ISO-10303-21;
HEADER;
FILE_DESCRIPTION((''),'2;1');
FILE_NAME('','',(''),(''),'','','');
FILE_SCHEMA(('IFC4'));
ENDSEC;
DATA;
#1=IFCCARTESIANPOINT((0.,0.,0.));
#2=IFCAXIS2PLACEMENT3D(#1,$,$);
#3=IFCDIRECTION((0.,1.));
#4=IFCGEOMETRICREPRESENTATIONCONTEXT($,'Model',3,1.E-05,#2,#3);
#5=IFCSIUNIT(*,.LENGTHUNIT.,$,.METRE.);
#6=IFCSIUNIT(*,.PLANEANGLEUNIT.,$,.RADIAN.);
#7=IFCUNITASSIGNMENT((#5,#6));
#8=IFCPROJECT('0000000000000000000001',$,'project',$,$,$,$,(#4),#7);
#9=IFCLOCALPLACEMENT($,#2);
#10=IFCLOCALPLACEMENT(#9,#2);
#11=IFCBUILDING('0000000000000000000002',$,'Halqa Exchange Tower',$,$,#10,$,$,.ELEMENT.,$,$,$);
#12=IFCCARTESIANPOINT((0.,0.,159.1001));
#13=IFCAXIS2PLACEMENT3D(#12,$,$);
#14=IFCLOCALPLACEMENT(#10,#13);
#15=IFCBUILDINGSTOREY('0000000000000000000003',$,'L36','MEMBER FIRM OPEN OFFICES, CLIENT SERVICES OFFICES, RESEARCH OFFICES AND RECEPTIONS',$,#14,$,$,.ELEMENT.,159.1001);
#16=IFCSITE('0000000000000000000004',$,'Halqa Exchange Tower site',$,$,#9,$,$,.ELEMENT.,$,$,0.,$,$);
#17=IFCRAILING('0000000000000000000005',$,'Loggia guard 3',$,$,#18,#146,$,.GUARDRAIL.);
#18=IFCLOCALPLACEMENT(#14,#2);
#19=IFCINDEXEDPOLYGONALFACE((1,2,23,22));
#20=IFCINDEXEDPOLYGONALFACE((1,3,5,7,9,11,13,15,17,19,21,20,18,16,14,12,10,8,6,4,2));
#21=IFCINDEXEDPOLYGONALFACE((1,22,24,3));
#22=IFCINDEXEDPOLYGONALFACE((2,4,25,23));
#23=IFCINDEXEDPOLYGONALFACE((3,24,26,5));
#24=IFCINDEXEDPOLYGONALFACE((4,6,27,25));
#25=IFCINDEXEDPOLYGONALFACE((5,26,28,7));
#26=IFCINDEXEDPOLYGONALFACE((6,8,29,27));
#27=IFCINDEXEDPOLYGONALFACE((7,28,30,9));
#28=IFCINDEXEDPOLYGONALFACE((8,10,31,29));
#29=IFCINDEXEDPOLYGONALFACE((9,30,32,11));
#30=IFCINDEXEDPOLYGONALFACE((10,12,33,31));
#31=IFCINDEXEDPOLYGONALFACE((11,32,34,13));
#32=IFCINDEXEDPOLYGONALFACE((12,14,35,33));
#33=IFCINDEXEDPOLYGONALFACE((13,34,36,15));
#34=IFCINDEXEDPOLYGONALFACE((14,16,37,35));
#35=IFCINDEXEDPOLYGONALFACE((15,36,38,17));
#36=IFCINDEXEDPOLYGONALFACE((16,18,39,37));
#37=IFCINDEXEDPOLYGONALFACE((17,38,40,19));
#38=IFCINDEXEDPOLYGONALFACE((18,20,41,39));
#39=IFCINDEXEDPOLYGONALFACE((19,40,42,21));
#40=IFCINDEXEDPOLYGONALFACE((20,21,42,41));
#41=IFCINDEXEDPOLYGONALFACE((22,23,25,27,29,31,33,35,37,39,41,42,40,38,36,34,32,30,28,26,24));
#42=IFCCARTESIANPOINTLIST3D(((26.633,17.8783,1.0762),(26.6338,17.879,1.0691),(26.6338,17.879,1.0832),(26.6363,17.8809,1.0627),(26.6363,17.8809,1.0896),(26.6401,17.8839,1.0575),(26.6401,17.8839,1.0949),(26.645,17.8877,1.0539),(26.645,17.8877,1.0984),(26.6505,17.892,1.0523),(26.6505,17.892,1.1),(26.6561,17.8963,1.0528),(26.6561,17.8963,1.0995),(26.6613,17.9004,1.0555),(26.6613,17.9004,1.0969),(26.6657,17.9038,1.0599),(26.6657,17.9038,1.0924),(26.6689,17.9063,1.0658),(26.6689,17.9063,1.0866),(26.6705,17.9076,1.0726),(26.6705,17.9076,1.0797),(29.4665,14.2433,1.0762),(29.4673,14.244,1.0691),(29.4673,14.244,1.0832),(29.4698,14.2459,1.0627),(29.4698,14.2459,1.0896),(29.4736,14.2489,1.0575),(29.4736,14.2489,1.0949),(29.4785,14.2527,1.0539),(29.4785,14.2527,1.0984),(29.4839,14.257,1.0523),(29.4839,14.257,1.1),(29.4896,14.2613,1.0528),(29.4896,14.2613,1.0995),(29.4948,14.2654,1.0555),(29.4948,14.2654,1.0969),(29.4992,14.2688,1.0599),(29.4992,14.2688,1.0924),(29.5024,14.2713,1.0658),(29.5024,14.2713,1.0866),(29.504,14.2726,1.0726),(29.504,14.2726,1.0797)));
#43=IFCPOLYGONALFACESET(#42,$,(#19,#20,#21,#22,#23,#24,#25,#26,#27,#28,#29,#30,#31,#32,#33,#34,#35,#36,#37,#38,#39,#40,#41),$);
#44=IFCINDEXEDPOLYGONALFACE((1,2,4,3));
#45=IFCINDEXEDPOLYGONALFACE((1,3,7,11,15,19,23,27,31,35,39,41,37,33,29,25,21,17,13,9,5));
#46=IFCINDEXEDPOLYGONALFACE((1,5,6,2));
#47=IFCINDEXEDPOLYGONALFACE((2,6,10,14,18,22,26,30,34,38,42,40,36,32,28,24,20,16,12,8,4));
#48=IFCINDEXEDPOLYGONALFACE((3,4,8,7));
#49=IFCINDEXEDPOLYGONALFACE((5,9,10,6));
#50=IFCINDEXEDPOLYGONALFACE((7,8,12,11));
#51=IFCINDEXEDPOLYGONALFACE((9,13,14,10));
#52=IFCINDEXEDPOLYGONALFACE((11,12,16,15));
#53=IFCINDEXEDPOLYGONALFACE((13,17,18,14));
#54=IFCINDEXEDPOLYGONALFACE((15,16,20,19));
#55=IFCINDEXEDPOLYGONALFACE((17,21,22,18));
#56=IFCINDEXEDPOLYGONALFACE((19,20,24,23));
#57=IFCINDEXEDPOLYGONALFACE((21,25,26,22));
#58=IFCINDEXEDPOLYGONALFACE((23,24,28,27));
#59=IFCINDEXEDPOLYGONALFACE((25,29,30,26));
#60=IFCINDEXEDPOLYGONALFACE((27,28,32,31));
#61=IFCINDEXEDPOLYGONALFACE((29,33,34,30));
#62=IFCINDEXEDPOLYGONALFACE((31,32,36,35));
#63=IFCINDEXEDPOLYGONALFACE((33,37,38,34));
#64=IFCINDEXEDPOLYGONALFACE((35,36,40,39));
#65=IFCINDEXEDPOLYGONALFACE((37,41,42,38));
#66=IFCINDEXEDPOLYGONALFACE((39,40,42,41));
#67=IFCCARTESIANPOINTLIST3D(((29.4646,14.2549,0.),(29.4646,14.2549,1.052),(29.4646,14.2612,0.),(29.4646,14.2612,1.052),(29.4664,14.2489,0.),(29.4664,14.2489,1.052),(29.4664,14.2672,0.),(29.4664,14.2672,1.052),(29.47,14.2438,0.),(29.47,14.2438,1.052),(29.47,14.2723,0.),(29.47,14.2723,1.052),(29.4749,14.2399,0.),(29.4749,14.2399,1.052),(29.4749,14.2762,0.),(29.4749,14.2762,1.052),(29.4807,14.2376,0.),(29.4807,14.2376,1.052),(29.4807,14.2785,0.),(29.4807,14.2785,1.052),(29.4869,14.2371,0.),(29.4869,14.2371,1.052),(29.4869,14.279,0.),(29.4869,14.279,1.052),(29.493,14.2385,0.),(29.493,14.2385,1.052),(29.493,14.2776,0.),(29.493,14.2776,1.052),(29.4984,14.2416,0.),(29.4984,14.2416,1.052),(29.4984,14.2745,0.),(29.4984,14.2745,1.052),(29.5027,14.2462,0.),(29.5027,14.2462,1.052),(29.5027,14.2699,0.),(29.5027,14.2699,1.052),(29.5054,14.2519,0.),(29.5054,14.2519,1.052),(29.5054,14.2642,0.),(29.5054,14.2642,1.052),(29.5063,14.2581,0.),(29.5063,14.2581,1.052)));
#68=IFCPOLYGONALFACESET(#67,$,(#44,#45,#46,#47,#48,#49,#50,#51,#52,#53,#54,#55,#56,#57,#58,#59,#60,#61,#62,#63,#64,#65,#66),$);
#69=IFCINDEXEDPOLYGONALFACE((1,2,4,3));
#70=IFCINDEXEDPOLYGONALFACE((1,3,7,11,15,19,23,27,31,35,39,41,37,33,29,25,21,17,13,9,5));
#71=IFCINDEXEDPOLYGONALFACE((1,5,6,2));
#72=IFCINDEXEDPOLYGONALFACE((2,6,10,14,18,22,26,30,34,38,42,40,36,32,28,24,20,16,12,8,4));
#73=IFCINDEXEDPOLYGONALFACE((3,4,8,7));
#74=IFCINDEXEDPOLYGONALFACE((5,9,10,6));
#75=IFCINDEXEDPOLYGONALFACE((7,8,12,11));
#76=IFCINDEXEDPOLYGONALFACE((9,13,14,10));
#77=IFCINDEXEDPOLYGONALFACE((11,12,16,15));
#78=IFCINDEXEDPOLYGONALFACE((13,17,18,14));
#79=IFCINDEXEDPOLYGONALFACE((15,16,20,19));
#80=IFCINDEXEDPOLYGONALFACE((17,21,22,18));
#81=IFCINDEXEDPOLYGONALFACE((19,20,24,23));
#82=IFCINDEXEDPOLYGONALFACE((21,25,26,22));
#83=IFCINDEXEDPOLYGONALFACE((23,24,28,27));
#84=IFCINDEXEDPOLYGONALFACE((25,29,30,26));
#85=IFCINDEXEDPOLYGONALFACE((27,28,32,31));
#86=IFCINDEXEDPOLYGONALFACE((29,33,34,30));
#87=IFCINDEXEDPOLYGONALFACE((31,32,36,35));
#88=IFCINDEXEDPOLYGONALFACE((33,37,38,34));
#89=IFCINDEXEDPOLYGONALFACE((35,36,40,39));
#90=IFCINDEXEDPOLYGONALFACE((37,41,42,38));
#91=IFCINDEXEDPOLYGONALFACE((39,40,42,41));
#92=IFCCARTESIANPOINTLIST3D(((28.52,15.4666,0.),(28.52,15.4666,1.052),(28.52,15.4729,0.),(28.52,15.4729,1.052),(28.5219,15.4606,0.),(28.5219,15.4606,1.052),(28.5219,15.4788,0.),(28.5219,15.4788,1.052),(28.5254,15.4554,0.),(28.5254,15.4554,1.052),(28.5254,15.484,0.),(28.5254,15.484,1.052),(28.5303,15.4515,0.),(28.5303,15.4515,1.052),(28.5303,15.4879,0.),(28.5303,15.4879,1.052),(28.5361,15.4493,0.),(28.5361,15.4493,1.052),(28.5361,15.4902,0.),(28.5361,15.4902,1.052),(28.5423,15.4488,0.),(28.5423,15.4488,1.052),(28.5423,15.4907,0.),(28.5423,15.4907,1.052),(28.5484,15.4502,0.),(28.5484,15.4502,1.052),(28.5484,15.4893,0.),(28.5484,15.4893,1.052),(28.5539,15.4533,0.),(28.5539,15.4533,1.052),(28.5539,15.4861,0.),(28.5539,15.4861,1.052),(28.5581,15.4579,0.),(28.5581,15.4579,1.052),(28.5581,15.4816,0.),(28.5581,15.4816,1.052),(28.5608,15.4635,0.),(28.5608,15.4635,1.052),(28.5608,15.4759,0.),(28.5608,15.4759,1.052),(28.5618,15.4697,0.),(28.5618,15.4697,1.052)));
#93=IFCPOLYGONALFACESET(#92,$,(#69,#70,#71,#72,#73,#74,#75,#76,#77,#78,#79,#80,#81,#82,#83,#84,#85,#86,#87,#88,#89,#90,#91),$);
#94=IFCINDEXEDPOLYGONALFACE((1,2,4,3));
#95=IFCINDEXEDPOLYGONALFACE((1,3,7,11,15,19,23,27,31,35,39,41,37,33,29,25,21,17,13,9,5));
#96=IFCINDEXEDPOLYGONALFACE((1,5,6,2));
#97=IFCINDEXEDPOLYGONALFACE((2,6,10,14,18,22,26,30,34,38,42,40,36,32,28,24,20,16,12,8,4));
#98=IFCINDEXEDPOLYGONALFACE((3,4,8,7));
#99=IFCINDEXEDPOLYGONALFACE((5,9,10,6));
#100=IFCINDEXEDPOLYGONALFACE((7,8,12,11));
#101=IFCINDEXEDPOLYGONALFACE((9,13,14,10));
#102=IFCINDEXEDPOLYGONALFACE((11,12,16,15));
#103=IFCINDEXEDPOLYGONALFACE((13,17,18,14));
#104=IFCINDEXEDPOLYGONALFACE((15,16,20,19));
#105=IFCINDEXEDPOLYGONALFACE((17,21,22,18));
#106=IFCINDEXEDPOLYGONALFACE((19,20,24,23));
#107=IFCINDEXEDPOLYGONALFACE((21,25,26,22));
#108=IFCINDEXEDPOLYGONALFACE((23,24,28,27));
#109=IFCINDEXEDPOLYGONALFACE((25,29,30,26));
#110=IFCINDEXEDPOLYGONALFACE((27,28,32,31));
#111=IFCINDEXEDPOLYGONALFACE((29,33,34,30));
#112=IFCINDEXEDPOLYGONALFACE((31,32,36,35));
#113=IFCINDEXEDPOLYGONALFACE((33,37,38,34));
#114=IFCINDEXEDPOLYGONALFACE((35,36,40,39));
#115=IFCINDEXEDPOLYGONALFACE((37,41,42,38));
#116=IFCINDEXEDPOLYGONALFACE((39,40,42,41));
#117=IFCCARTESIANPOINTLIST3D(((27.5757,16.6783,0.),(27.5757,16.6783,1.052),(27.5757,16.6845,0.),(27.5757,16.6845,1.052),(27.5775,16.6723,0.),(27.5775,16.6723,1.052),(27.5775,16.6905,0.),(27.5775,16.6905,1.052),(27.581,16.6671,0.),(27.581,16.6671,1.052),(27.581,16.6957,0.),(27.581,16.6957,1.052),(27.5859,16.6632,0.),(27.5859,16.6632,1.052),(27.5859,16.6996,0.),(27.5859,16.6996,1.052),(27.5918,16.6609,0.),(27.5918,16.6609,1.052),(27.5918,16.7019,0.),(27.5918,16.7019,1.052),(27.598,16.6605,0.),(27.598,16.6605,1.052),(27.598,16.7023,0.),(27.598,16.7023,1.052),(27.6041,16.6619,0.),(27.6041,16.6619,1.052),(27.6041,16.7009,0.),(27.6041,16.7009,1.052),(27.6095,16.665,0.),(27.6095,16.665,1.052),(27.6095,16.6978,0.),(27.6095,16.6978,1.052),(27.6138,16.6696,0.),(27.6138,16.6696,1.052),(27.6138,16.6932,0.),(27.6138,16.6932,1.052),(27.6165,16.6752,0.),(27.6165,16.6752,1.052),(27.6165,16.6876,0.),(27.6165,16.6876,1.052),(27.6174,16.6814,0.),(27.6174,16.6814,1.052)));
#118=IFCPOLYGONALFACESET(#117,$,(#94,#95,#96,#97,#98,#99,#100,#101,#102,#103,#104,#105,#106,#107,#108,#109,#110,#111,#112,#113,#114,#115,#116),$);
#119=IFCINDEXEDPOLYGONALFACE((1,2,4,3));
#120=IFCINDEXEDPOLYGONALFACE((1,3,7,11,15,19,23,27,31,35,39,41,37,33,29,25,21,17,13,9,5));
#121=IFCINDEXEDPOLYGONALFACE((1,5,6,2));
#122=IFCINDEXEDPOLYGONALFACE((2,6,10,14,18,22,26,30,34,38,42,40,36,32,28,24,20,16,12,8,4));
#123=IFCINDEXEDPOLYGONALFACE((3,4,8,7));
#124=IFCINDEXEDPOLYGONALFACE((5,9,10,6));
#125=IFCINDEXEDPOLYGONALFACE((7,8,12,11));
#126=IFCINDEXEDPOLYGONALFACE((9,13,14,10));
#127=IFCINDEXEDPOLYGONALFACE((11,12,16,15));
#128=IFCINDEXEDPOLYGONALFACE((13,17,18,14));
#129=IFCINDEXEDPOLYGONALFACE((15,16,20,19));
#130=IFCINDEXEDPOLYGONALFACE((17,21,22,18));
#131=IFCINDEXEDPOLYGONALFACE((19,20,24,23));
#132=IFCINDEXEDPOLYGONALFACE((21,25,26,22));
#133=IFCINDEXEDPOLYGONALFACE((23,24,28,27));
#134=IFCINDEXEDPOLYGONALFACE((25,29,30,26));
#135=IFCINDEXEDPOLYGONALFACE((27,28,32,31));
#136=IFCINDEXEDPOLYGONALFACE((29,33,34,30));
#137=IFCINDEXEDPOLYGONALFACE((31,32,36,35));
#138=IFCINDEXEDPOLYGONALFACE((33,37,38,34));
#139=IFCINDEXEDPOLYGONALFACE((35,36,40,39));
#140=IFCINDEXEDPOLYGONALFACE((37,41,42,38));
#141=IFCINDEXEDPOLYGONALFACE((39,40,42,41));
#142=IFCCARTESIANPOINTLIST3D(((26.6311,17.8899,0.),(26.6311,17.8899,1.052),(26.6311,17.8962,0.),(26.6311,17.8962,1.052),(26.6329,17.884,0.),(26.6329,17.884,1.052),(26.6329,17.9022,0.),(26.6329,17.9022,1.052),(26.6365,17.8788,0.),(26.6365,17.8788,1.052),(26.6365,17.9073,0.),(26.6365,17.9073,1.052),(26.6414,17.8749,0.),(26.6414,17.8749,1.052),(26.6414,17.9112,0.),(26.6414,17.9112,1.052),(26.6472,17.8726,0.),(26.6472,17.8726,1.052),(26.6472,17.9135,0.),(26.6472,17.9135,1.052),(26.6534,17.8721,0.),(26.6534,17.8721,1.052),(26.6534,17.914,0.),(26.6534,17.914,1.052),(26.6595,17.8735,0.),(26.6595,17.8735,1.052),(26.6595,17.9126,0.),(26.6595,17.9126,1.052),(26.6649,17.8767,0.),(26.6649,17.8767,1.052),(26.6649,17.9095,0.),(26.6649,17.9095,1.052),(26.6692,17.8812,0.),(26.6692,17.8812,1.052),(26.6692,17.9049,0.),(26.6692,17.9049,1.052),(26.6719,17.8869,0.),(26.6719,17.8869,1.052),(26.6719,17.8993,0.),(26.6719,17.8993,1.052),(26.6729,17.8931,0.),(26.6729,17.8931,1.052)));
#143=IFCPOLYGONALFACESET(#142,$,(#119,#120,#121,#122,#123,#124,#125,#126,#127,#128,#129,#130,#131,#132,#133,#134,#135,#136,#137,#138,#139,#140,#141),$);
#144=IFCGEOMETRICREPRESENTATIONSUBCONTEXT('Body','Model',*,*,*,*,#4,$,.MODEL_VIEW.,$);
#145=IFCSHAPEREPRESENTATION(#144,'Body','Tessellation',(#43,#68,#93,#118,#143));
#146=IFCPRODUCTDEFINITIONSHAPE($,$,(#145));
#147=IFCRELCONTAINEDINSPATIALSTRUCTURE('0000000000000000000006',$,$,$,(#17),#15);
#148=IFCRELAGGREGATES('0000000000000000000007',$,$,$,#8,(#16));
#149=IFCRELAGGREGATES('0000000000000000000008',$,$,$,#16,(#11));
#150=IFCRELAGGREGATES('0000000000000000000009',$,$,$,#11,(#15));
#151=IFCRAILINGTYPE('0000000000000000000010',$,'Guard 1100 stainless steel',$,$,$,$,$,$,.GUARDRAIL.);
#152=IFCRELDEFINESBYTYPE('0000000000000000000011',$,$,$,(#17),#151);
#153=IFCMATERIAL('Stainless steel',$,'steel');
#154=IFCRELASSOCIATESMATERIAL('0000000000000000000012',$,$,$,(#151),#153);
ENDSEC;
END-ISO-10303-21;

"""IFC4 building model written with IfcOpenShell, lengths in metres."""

from ifc_helpers import new_model, si_unit, direction, frame, origin, origin_2d, place, context, subcontext, project, spatial, circle, extrude, material, type_object, element, save


model = new_model("IFC4")

# Units and contexts
model_context = context("Model", 3, precision=1e-05, world=origin(), true_north=direction((0.0, 1.0)))
body_context = subcontext(model_context, "Body", "Model", "MODEL_VIEW")
ifc_project = project(units=[si_unit("LENGTHUNIT", "METRE"), si_unit("PLANEANGLEUNIT", "RADIAN")], contexts=[model_context])

# Site, building, storey
site_placement = place(None, origin())
site = spatial("IfcSite", under=ifc_project, at=site_placement, Name="Halqa Exchange Tower site", CompositionType="ELEMENT", RefElevation=0.0)
building_placement = place(site_placement, origin())
building = spatial("IfcBuilding", under=site, at=building_placement, Name="Halqa Exchange Tower", CompositionType="ELEMENT")
storey_placement = place(building_placement, frame((0.0, 0.0, 159.1001)))
storey = spatial("IfcBuildingStorey", under=building, at=storey_placement, Name="L36", Description="MEMBER FIRM OPEN OFFICES, CLIENT SERVICES OFFICES, RESEARCH OFFICES AND RECEPTIONS", CompositionType="ELEMENT", Elevation=159.1001)

# Railing
ifc_material_1 = material(Name="Stainless steel", Category="steel")
railing_type = type_object("IfcRailingType", Name="Guard 1100 stainless steel", PredefinedType="GUARDRAIL", material=ifc_material_1)
railing_1_placement = place(storey_placement, frame((29.4854, 14.2581, 0.0)))
element("IfcRailing", 1, at=railing_1_placement, inside=storey, type_object=railing_type, Name="Loggia guard 3", PredefinedType="GUARDRAIL", context=body_context, shape_type="SweptSolid", body=[
    extrude(circle(Radius=0.0239, at=origin_2d()), frame((0.0, 0.0, 1.0762), z_axis=(-0.614787, 0.788693, 0.0), x_axis=(-0.788693, -0.614787, 0.0)), (0.0, 0.0, 1.0), 4.6089),
    extrude(circle(Radius=0.021, at=origin_2d()), origin(), (0.0, 0.0, 1.0), 1.052),
    extrude(circle(Radius=0.021, at=origin_2d()), frame((-0.9446, 1.2117, 0.0)), (0.0, 0.0, 1.0), 1.052),
    extrude(circle(Radius=0.021, at=origin_2d()), frame((-1.8889, 2.4233, 0.0)), (0.0, 0.0, 1.0), 1.052),
    extrude(circle(Radius=0.021, at=origin_2d()), frame((-2.8335, 3.635, 0.0)), (0.0, 0.0, 1.0), 1.052),
])

save(model, "model.ifc")
